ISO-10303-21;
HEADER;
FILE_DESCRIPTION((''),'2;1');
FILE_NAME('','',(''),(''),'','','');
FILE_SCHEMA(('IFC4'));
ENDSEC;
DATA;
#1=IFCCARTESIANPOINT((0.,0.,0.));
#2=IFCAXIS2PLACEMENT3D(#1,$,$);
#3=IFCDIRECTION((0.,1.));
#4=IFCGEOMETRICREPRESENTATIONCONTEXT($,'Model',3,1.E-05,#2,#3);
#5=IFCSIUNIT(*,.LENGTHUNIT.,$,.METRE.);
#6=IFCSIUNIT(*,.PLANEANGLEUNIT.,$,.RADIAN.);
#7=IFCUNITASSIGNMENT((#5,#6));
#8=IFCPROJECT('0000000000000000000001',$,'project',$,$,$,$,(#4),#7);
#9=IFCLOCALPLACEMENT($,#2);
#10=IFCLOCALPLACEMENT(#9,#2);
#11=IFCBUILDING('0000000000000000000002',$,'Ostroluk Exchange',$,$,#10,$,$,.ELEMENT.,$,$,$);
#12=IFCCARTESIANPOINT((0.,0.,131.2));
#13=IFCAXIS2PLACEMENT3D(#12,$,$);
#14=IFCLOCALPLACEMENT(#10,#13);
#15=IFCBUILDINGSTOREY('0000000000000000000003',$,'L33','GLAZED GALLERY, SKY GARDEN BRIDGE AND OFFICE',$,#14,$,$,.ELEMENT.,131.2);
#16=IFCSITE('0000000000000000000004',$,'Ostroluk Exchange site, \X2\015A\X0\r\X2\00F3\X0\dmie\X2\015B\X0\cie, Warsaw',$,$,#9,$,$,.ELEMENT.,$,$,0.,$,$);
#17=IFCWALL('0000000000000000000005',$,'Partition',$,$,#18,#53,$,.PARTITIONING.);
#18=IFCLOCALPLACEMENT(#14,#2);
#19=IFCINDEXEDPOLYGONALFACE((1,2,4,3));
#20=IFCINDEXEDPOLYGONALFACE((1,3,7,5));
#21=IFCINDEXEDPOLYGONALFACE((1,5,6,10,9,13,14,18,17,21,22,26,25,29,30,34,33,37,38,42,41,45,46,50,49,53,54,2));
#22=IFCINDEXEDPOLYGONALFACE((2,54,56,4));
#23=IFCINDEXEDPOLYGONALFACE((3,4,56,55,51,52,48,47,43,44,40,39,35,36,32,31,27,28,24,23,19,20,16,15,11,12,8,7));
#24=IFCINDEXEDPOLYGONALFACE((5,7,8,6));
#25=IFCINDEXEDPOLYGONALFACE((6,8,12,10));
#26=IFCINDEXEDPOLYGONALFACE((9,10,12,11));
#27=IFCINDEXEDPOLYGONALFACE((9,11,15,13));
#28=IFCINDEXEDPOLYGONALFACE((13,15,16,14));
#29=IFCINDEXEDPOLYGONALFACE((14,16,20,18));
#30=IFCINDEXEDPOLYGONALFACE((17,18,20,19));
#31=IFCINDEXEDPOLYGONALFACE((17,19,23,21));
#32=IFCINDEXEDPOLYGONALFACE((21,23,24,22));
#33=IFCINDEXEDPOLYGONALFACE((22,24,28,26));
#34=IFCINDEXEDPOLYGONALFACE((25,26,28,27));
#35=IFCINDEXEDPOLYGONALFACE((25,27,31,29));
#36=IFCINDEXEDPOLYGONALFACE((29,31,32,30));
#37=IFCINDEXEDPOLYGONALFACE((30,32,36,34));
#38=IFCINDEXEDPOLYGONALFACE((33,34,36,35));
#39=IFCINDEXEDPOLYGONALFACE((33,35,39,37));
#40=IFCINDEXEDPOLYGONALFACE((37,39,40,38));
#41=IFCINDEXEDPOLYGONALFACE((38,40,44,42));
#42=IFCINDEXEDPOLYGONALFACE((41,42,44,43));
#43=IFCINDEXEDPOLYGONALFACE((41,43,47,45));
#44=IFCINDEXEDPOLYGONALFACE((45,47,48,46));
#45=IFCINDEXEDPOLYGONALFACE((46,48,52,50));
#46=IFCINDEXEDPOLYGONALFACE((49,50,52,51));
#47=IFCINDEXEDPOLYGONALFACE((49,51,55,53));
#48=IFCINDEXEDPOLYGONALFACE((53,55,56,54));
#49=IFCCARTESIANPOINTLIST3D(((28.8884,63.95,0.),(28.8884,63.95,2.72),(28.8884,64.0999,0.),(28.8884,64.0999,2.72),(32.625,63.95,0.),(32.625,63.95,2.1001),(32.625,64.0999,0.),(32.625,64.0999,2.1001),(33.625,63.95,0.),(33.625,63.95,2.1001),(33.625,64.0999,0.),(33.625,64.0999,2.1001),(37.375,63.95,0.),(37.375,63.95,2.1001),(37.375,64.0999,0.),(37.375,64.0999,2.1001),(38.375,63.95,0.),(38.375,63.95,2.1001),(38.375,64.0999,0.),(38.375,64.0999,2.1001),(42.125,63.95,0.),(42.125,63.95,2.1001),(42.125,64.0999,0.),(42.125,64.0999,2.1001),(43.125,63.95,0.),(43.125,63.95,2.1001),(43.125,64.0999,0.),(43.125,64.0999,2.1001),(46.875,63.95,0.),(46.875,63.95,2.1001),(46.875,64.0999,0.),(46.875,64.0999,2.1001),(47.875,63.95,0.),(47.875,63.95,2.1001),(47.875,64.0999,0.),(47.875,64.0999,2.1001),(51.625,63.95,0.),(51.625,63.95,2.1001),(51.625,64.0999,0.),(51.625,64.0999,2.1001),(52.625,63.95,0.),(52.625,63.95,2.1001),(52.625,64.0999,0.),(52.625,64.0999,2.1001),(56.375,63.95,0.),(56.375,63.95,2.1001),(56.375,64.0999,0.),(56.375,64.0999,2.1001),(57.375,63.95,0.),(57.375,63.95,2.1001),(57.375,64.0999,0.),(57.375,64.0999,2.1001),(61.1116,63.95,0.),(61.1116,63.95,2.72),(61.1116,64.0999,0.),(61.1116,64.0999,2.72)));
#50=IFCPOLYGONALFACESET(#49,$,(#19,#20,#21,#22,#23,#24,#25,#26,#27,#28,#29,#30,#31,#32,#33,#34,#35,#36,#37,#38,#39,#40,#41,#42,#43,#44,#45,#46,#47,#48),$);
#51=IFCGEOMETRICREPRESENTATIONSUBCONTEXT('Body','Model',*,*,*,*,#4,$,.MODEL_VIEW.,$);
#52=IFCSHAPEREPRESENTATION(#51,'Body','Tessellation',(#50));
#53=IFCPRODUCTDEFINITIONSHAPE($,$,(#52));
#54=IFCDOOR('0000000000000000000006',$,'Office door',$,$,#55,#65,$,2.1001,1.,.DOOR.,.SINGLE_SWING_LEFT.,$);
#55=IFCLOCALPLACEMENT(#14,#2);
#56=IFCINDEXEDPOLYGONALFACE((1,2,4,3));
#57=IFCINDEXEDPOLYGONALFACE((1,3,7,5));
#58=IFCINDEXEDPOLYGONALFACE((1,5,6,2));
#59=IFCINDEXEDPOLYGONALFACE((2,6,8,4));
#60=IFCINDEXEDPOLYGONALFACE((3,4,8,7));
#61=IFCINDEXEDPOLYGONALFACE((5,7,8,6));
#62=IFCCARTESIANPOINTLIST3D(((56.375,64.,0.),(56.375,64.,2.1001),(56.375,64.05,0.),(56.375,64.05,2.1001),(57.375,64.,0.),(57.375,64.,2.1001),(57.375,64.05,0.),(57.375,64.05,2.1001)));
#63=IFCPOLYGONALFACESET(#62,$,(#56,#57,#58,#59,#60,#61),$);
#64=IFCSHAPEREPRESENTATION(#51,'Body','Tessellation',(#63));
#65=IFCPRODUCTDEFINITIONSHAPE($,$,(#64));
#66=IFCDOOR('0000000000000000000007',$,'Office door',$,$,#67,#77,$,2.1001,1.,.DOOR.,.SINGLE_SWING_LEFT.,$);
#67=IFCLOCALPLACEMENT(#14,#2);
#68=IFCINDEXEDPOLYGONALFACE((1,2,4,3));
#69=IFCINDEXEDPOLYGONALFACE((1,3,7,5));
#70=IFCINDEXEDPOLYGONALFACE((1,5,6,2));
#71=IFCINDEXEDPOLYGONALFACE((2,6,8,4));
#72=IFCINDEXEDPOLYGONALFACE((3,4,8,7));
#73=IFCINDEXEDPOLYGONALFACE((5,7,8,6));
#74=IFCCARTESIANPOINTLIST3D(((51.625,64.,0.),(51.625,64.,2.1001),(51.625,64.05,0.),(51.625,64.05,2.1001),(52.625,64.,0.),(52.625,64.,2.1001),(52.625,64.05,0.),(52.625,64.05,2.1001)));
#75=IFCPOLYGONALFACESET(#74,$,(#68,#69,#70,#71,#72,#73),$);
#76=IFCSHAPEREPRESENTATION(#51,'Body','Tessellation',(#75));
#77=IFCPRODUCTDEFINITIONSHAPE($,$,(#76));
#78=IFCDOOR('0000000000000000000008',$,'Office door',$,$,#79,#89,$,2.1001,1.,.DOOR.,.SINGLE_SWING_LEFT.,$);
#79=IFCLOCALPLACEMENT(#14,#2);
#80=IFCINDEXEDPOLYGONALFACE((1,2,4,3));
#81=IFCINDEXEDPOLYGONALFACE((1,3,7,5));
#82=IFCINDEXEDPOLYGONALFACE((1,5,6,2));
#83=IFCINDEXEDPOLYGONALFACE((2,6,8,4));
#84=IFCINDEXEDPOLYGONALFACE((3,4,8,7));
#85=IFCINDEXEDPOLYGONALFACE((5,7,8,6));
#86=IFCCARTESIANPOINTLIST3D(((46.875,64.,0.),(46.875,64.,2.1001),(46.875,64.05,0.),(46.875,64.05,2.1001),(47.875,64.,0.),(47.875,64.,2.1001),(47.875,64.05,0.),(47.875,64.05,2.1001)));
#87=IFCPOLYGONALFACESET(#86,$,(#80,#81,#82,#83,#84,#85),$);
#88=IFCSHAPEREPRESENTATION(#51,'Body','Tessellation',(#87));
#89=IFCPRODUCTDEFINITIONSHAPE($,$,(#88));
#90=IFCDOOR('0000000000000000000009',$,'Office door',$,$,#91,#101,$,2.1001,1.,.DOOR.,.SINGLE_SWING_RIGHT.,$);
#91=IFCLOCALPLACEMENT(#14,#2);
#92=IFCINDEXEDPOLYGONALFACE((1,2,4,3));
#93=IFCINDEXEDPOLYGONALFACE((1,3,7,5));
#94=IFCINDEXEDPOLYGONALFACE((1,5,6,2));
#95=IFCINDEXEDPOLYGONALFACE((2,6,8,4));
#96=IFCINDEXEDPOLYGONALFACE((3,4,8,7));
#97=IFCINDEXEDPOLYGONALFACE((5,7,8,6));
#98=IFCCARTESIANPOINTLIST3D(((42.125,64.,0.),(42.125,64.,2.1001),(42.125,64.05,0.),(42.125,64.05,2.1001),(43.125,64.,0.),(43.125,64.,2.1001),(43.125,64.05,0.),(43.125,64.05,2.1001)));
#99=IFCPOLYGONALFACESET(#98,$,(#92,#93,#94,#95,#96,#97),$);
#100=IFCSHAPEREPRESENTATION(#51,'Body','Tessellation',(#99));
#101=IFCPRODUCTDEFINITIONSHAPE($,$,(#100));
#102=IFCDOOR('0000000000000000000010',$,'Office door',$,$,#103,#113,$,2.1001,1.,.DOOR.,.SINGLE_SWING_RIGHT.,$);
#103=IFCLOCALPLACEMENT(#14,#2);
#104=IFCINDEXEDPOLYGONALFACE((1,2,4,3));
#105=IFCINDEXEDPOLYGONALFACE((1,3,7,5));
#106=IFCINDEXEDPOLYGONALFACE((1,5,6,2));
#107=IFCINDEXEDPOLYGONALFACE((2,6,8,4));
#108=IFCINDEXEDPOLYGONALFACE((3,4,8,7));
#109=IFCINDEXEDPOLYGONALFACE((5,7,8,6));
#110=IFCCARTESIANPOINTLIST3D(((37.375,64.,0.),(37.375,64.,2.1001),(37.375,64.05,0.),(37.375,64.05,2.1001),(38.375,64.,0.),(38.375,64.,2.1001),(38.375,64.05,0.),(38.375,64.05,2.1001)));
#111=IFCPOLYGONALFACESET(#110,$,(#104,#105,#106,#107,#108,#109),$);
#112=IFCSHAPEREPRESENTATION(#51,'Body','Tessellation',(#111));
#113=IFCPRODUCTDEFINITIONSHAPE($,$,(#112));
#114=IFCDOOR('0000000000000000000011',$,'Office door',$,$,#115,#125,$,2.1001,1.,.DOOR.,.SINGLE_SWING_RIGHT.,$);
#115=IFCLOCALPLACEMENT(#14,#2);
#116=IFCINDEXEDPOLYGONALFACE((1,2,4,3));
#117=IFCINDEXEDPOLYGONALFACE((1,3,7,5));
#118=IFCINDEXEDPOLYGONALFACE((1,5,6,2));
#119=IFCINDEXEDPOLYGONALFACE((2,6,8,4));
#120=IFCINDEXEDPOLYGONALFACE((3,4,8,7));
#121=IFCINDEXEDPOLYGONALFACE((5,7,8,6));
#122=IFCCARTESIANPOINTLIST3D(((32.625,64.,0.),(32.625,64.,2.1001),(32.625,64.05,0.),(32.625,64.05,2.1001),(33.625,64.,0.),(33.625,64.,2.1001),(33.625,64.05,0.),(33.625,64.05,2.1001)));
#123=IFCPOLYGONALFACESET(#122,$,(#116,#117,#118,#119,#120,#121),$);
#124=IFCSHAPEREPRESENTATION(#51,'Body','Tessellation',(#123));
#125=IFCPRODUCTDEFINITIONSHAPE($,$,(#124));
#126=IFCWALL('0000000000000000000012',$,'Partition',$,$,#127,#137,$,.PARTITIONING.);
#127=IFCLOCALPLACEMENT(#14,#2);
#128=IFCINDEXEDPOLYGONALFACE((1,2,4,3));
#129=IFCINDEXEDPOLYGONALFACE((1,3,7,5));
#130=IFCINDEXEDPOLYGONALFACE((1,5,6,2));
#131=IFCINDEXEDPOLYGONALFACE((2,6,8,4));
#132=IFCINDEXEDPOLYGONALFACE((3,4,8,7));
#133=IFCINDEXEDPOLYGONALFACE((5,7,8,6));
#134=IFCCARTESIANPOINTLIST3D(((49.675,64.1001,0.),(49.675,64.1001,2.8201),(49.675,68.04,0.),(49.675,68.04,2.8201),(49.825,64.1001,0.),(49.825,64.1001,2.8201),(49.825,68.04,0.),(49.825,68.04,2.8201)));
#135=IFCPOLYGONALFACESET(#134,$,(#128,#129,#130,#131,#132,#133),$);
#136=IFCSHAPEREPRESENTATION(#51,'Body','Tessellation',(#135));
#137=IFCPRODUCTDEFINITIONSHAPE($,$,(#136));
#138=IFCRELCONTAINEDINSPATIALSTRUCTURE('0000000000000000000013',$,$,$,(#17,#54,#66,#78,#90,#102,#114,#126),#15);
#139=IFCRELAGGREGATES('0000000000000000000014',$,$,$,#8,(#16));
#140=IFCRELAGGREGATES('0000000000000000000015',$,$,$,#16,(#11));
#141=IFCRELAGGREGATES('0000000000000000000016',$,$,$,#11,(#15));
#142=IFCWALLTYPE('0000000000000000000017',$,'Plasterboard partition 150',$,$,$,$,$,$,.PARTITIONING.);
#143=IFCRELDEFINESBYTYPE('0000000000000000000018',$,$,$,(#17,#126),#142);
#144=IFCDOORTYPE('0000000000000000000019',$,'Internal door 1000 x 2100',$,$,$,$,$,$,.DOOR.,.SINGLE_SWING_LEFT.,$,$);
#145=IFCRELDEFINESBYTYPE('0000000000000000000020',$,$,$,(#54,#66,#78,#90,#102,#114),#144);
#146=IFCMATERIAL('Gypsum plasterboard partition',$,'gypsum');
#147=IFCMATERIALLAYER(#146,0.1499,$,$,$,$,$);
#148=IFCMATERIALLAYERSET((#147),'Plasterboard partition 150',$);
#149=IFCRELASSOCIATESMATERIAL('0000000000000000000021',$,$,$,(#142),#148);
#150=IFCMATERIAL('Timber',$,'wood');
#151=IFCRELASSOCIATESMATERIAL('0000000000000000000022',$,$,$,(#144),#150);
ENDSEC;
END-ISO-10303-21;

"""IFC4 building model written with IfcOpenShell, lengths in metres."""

from ifc_helpers import new_model, si_unit, direction, frame, frame_2d, origin, place, context, subcontext, project, spatial, rectangle, extrude, material, layer, layer_set, type_object, element, fill, save


model = new_model("IFC4")

# Units and contexts
model_context = context("Model", 3, precision=1e-05, world=origin(), true_north=direction((0.0, 1.0)))
body_context = subcontext(model_context, "Body", "Model", "MODEL_VIEW")
ifc_project = project(units=[si_unit("LENGTHUNIT", "METRE"), si_unit("PLANEANGLEUNIT", "RADIAN")], contexts=[model_context])

# Site, building, storey
site_placement = place(None, origin())
site = spatial("IfcSite", under=ifc_project, at=site_placement, Name="Ostroluk Exchange site, Śródmieście, Warsaw", CompositionType="ELEMENT", RefElevation=0.0)
building_placement = place(site_placement, origin())
building = spatial("IfcBuilding", under=site, at=building_placement, Name="Ostroluk Exchange", CompositionType="ELEMENT")
storey_placement = place(building_placement, frame((0.0, 0.0, 131.2)))
storey = spatial("IfcBuildingStorey", under=building, at=storey_placement, Name="L33", Description="GLAZED GALLERY, SKY GARDEN BRIDGE AND OFFICE", CompositionType="ELEMENT", Elevation=131.2)

# Shared definitions
ifc_material_1 = material(Name="Gypsum plasterboard partition", Category="gypsum")
ifc_layer_1 = layer(ifc_material_1, 0.1499)
ifc_layer_set_1 = layer_set([ifc_layer_1], Name="Plasterboard partition 150")
wall_type_1 = type_object("IfcWallType", Name="Plasterboard partition 150", PredefinedType="PARTITIONING", material=ifc_layer_set_1)
ifc_material_2 = material(Name="Timber", Category="wood")
door_type_1 = type_object("IfcDoorType", Name="Internal door 1000 x 2100", OperationType="SINGLE_SWING_LEFT", PredefinedType="DOOR", material=ifc_material_2)

# Wall, openings, doors
wall_1_placement = place(storey_placement, frame((61.1116, 64.0249, 0.0), z_axis=(0.0, 0.0, 1.0), x_axis=(-1.0, 0.0, 0.0)))
wall_1 = element("IfcWall", 1, at=wall_1_placement, inside=storey, type_object=wall_type_1, Name="Partition", PredefinedType="PARTITIONING", context=body_context, shape_type="SweptSolid", body=[
    extrude(rectangle(XDim=32.2231, YDim=0.1499, at=frame_2d((16.1116, 0.0))), origin(), (0.0, 0.0, 1.0), 2.72),
])
opening_1_placement = place(wall_1_placement, frame((3.7366, 0.0, 0.0)))
opening_1 = element("IfcOpeningElement", 2, at=opening_1_placement, cuts=wall_1, PredefinedType="OPENING", context=body_context, shape_type="SweptSolid", body=[
    extrude(rectangle(XDim=1.0, YDim=2.1001, at=frame_2d((0.5, 1.05))), frame((0.0, 0.085, 0.0), z_axis=(0.0, -1.0, 0.0), x_axis=(1.0, 0.0, 0.0)), (0.0, 0.0, 1.0), 0.1699),
])
opening_2_placement = place(wall_1_placement, frame((8.4866, 0.0, 0.0)))
opening_2 = element("IfcOpeningElement", 3, at=opening_2_placement, cuts=wall_1, PredefinedType="OPENING", context=body_context, shape_type="SweptSolid", body=[
    extrude(rectangle(XDim=1.0, YDim=2.1001, at=frame_2d((0.5, 1.05))), frame((0.0, 0.085, 0.0), z_axis=(0.0, -1.0, 0.0), x_axis=(1.0, 0.0, 0.0)), (0.0, 0.0, 1.0), 0.1699),
])
opening_3_placement = place(wall_1_placement, frame((13.2366, 0.0, 0.0)))
opening_3 = element("IfcOpeningElement", 4, at=opening_3_placement, cuts=wall_1, PredefinedType="OPENING", context=body_context, shape_type="SweptSolid", body=[
    extrude(rectangle(XDim=1.0, YDim=2.1001, at=frame_2d((0.5, 1.05))), frame((0.0, 0.085, 0.0), z_axis=(0.0, -1.0, 0.0), x_axis=(1.0, 0.0, 0.0)), (0.0, 0.0, 1.0), 0.1699),
])
opening_4_placement = place(wall_1_placement, frame((17.9866, 0.0, 0.0)))
opening_4 = element("IfcOpeningElement", 5, at=opening_4_placement, cuts=wall_1, PredefinedType="OPENING", context=body_context, shape_type="SweptSolid", body=[
    extrude(rectangle(XDim=1.0, YDim=2.1001, at=frame_2d((0.5, 1.05))), frame((0.0, 0.085, 0.0), z_axis=(0.0, -1.0, 0.0), x_axis=(1.0, 0.0, 0.0)), (0.0, 0.0, 1.0), 0.1699),
])
opening_5_placement = place(wall_1_placement, frame((22.7366, 0.0, 0.0)))
opening_5 = element("IfcOpeningElement", 6, at=opening_5_placement, cuts=wall_1, PredefinedType="OPENING", context=body_context, shape_type="SweptSolid", body=[
    extrude(rectangle(XDim=1.0, YDim=2.1001, at=frame_2d((0.5, 1.05))), frame((0.0, 0.085, 0.0), z_axis=(0.0, -1.0, 0.0), x_axis=(1.0, 0.0, 0.0)), (0.0, 0.0, 1.0), 0.1699),
])
opening_6_placement = place(wall_1_placement, frame((27.4866, 0.0, 0.0)))
opening_6 = element("IfcOpeningElement", 7, at=opening_6_placement, cuts=wall_1, PredefinedType="OPENING", context=body_context, shape_type="SweptSolid", body=[
    extrude(rectangle(XDim=1.0, YDim=2.1001, at=frame_2d((0.5, 1.05))), frame((0.0, 0.085, 0.0), z_axis=(0.0, -1.0, 0.0), x_axis=(1.0, 0.0, 0.0)), (0.0, 0.0, 1.0), 0.1699),
])
door_1_placement = place(opening_1_placement, origin())
door_1 = element("IfcDoor", 8, at=door_1_placement, inside=storey, type_object=door_type_1, Name="Office door", OperationType="SINGLE_SWING_LEFT", OverallHeight=2.1001, OverallWidth=1.0, PredefinedType="DOOR", context=body_context, shape_type="SweptSolid", body=[
    extrude(rectangle(XDim=1.0, YDim=2.1001, at=frame_2d((0.5, 1.05))), frame((0.0, 0.0249, 0.0), z_axis=(0.0, -1.0, 0.0), x_axis=(1.0, 0.0, 0.0)), (0.0, 0.0, 1.0), 0.05),
])
fill(opening_1, door_1)
door_2_placement = place(opening_2_placement, origin())
door_2 = element("IfcDoor", 9, at=door_2_placement, inside=storey, type_object=door_type_1, Name="Office door", OperationType="SINGLE_SWING_LEFT", OverallHeight=2.1001, OverallWidth=1.0, PredefinedType="DOOR", context=body_context, shape_type="SweptSolid", body=[
    extrude(rectangle(XDim=1.0, YDim=2.1001, at=frame_2d((0.5, 1.05))), frame((0.0, 0.0249, 0.0), z_axis=(0.0, -1.0, 0.0), x_axis=(1.0, 0.0, 0.0)), (0.0, 0.0, 1.0), 0.05),
])
fill(opening_2, door_2)
door_3_placement = place(opening_3_placement, origin())
door_3 = element("IfcDoor", 10, at=door_3_placement, inside=storey, type_object=door_type_1, Name="Office door", OperationType="SINGLE_SWING_LEFT", OverallHeight=2.1001, OverallWidth=1.0, PredefinedType="DOOR", context=body_context, shape_type="SweptSolid", body=[
    extrude(rectangle(XDim=1.0, YDim=2.1001, at=frame_2d((0.5, 1.05))), frame((0.0, 0.0249, 0.0), z_axis=(0.0, -1.0, 0.0), x_axis=(1.0, 0.0, 0.0)), (0.0, 0.0, 1.0), 0.05),
])
fill(opening_3, door_3)
door_4_placement = place(opening_4_placement, origin())
door_4 = element("IfcDoor", 11, at=door_4_placement, inside=storey, type_object=door_type_1, Name="Office door", OperationType="SINGLE_SWING_RIGHT", OverallHeight=2.1001, OverallWidth=1.0, PredefinedType="DOOR", context=body_context, shape_type="SweptSolid", body=[
    extrude(rectangle(XDim=1.0, YDim=2.1001, at=frame_2d((0.5, 1.05))), frame((0.0, 0.0249, 0.0), z_axis=(0.0, -1.0, 0.0), x_axis=(1.0, 0.0, 0.0)), (0.0, 0.0, 1.0), 0.05),
])
fill(opening_4, door_4)
door_5_placement = place(opening_5_placement, origin())
door_5 = element("IfcDoor", 12, at=door_5_placement, inside=storey, type_object=door_type_1, Name="Office door", OperationType="SINGLE_SWING_RIGHT", OverallHeight=2.1001, OverallWidth=1.0, PredefinedType="DOOR", context=body_context, shape_type="SweptSolid", body=[
    extrude(rectangle(XDim=1.0, YDim=2.1001, at=frame_2d((0.5, 1.05))), frame((0.0, 0.0249, 0.0), z_axis=(0.0, -1.0, 0.0), x_axis=(1.0, 0.0, 0.0)), (0.0, 0.0, 1.0), 0.05),
])
fill(opening_5, door_5)
door_6_placement = place(opening_6_placement, origin())
door_6 = element("IfcDoor", 13, at=door_6_placement, inside=storey, type_object=door_type_1, Name="Office door", OperationType="SINGLE_SWING_RIGHT", OverallHeight=2.1001, OverallWidth=1.0, PredefinedType="DOOR", context=body_context, shape_type="SweptSolid", body=[
    extrude(rectangle(XDim=1.0, YDim=2.1001, at=frame_2d((0.5, 1.05))), frame((0.0, 0.0249, 0.0), z_axis=(0.0, -1.0, 0.0), x_axis=(1.0, 0.0, 0.0)), (0.0, 0.0, 1.0), 0.05),
])
fill(opening_6, door_6)

# Wall
wall_2_placement = place(storey_placement, frame((49.75, 64.1001, 0.0), z_axis=(0.0, 0.0, 1.0), x_axis=(0.0, 1.0, 0.0)))
element("IfcWall", 14, at=wall_2_placement, inside=storey, type_object=wall_type_1, Name="Partition", PredefinedType="PARTITIONING", context=body_context, shape_type="SweptSolid", body=[
    extrude(rectangle(XDim=3.9399, YDim=0.1499, at=frame_2d((1.97, 0.0))), origin(), (0.0, 0.0, 1.0), 2.8201),
])

save(model, "model.ifc")
